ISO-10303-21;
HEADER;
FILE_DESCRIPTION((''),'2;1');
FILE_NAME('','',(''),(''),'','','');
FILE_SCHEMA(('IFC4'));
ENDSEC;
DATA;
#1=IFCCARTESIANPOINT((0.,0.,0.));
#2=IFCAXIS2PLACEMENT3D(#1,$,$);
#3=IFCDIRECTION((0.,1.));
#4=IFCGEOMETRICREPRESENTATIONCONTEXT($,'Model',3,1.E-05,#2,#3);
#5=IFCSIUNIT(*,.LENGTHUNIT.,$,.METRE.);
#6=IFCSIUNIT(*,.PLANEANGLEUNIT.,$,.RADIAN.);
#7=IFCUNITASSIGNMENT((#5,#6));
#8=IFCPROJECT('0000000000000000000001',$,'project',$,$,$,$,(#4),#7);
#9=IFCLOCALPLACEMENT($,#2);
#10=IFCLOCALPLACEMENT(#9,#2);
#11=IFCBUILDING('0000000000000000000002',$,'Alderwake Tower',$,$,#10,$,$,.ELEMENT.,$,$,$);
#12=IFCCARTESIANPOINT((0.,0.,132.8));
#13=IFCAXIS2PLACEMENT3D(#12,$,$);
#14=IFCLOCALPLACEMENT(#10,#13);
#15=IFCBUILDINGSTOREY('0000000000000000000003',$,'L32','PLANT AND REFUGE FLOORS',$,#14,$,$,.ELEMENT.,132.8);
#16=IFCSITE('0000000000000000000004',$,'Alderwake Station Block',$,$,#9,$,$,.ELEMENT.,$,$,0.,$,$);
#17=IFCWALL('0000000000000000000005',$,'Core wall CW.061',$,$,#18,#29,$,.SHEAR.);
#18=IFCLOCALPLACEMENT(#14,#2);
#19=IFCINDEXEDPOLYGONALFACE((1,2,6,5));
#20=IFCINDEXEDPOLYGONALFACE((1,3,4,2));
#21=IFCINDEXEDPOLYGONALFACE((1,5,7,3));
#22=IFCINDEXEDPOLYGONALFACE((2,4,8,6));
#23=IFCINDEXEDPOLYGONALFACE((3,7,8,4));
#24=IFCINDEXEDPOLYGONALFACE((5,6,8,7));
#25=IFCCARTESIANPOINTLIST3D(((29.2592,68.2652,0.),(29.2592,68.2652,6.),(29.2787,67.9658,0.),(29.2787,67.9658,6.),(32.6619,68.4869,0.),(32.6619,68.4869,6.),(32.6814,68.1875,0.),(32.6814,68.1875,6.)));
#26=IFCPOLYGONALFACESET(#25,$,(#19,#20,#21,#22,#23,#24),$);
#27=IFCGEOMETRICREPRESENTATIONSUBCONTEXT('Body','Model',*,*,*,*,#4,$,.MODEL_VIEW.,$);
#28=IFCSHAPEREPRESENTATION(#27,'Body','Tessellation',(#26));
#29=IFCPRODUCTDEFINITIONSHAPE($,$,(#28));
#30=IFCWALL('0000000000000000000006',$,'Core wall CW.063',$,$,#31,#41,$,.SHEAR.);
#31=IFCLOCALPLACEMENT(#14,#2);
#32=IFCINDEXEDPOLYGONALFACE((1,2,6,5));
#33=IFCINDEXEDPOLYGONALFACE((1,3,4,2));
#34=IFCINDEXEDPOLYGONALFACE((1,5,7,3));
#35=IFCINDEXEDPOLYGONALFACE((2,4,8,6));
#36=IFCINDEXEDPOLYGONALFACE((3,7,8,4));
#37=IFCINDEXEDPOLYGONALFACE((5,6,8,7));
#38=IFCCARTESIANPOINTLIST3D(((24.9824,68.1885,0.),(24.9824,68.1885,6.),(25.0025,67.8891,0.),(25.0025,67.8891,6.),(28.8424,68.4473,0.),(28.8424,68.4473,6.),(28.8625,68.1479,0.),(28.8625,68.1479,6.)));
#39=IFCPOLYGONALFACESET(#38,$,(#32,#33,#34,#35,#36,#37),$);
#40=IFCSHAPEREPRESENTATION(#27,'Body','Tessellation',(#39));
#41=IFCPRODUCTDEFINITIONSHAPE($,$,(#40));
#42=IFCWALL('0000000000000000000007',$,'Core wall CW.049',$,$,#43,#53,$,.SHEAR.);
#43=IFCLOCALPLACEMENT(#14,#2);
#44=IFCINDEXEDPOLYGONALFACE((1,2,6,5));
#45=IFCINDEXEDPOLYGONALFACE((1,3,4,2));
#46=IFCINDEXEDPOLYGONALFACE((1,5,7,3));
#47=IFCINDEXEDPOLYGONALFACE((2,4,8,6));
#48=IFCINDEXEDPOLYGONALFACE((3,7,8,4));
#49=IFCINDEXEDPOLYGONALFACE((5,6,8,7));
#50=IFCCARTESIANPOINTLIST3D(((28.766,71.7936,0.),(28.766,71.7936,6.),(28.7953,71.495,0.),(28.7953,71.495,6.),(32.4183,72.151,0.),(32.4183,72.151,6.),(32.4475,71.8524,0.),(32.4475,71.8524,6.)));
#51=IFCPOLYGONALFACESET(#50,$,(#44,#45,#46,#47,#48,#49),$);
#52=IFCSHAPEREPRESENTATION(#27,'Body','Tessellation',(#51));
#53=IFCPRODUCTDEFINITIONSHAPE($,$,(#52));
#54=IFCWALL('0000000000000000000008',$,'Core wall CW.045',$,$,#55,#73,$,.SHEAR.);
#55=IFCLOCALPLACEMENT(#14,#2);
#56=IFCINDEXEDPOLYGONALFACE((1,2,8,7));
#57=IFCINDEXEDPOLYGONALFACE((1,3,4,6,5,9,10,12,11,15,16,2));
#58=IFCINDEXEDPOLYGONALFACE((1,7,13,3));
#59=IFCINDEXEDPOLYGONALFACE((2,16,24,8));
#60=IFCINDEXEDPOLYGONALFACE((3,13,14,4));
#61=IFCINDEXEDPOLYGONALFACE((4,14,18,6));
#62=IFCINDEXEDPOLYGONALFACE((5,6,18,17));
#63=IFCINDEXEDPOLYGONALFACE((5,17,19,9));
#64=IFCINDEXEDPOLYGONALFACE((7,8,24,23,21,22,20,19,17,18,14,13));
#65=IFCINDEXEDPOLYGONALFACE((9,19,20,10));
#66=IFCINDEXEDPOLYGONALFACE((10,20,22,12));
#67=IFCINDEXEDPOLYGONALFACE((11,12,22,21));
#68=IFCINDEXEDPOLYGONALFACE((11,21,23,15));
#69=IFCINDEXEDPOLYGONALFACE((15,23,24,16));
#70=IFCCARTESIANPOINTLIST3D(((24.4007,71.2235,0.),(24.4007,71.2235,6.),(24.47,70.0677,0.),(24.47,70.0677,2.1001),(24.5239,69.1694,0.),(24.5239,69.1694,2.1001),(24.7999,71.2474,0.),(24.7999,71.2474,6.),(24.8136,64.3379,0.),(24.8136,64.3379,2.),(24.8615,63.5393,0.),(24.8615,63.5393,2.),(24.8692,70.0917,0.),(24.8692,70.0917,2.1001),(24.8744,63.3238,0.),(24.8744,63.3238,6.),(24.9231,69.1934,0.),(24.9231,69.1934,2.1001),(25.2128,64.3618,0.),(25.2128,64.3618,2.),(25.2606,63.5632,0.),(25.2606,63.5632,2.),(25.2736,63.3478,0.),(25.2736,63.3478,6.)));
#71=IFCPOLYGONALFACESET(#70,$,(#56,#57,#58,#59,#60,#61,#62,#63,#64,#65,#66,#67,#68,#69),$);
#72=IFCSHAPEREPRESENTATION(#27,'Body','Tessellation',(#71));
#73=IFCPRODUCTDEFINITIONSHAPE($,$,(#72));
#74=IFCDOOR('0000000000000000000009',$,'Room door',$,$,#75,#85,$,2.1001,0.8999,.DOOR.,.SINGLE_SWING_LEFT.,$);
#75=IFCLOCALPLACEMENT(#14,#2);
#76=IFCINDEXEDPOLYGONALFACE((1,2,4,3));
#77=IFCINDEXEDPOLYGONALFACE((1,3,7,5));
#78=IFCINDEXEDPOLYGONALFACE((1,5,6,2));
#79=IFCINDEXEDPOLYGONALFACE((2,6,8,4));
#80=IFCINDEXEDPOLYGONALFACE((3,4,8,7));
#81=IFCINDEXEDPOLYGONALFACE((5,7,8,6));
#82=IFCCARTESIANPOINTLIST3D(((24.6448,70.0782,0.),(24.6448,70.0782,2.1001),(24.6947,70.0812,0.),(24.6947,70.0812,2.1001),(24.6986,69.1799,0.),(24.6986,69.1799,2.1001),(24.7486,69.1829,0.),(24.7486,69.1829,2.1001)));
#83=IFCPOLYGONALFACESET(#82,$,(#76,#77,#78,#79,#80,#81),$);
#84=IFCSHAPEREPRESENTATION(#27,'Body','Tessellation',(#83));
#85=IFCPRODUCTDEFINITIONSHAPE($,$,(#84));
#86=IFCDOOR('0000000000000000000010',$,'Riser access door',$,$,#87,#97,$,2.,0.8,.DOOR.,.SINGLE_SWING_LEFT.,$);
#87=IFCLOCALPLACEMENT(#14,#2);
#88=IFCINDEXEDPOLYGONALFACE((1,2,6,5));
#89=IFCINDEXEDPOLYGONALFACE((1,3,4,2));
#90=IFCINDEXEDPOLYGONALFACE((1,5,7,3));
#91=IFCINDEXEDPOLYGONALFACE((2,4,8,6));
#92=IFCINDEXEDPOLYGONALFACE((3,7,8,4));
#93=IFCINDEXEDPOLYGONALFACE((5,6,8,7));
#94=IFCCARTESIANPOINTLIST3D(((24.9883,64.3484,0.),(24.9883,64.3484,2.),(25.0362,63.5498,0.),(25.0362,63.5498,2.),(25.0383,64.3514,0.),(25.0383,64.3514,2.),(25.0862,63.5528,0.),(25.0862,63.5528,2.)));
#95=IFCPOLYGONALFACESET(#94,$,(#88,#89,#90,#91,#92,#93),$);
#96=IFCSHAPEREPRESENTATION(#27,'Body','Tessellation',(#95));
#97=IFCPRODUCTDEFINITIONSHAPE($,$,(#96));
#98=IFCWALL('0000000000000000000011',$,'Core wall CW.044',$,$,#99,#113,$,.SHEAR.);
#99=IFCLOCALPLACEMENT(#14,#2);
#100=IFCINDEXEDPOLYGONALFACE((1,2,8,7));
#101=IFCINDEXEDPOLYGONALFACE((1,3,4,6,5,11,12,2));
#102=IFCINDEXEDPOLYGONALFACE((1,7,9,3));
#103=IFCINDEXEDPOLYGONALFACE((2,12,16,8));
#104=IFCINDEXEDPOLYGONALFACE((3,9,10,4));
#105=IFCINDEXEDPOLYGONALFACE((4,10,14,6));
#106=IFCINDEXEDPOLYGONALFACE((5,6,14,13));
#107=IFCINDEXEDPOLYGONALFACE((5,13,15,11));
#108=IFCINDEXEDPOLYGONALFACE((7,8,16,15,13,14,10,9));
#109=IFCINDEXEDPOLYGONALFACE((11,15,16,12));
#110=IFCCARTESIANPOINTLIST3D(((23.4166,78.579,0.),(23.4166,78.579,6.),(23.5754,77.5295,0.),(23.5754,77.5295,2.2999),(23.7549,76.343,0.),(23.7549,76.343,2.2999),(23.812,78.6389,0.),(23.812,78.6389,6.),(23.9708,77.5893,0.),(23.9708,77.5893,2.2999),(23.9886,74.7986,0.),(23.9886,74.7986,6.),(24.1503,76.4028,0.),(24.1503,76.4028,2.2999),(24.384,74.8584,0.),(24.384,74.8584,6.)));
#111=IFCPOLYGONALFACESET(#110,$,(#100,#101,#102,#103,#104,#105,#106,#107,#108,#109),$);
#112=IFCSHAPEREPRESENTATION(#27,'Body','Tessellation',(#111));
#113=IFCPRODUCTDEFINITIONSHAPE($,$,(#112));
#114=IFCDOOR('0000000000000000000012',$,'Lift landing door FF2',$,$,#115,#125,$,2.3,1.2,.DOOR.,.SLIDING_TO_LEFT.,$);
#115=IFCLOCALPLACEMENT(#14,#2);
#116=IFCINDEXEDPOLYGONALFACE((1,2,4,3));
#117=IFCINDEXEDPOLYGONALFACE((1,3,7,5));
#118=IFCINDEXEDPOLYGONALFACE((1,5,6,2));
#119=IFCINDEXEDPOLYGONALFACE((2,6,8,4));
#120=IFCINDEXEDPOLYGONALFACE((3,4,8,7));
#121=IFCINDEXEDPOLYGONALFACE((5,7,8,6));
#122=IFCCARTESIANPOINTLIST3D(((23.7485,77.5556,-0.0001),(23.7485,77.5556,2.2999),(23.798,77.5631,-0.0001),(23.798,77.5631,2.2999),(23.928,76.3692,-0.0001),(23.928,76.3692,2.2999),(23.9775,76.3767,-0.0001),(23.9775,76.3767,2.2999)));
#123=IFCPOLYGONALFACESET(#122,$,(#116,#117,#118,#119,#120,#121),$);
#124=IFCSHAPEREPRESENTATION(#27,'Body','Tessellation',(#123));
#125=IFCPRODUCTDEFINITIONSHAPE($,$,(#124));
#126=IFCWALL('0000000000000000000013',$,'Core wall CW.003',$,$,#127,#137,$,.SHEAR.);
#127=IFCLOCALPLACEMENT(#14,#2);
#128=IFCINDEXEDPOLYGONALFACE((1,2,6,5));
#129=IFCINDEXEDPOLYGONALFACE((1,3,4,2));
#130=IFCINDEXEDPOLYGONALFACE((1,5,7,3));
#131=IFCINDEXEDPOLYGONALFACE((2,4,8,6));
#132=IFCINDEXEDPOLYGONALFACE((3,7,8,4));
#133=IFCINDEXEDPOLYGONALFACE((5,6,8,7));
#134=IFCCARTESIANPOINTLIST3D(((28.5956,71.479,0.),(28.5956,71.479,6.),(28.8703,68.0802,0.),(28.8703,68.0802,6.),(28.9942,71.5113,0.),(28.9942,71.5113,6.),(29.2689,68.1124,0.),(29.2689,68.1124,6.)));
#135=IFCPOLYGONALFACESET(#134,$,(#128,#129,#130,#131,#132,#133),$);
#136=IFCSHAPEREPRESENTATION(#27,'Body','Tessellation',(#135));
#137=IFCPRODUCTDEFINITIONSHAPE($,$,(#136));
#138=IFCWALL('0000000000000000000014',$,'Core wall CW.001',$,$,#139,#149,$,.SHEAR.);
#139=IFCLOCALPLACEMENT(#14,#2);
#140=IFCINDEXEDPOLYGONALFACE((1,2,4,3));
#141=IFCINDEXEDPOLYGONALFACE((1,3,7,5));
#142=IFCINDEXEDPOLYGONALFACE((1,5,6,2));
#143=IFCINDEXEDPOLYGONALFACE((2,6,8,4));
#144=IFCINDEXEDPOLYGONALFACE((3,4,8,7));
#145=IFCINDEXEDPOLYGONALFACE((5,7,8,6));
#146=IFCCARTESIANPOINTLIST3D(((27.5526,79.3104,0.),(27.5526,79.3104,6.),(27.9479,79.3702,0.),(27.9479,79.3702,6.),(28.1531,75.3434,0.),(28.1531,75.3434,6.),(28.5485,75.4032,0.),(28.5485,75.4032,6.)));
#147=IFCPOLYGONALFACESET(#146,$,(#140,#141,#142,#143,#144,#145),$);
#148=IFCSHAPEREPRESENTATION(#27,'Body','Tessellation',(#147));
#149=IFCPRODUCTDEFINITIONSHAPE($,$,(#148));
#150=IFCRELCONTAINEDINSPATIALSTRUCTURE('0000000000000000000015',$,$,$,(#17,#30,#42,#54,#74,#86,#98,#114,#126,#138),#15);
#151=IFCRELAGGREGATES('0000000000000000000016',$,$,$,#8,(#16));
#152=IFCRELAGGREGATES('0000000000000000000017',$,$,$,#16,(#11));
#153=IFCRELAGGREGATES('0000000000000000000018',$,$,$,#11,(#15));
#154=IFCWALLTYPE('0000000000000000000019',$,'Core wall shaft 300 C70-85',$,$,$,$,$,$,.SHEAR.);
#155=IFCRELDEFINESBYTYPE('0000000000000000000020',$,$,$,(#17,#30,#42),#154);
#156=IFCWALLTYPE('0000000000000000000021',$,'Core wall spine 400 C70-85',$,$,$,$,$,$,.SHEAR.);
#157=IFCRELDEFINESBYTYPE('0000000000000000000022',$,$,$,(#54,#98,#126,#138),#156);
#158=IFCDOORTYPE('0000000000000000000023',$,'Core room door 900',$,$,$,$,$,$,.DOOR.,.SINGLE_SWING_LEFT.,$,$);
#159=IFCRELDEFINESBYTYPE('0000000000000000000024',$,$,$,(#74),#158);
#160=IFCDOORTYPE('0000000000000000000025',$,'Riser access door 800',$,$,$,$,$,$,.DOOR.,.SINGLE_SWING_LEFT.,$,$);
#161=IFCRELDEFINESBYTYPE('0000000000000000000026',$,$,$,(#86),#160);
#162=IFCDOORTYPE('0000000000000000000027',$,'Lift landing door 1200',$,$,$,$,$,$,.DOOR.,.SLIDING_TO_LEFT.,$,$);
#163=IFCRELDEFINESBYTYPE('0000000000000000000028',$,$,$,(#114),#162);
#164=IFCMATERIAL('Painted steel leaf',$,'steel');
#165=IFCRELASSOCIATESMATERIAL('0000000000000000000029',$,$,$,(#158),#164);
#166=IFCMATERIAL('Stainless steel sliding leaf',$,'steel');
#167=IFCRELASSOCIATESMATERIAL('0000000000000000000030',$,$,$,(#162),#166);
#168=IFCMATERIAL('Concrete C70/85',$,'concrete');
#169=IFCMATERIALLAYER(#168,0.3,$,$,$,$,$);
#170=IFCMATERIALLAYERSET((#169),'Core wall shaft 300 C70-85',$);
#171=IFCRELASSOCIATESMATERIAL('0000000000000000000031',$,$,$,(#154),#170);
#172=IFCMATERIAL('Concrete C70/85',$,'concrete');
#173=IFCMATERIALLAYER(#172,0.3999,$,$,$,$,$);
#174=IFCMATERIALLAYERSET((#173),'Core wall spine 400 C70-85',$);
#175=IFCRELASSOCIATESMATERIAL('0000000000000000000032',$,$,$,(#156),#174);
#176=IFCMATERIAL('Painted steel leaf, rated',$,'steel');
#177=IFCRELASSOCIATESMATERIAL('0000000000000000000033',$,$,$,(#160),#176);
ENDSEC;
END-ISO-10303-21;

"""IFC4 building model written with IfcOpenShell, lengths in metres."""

from ifc_helpers import new_model, si_unit, direction, frame, frame_2d, origin, place, context, subcontext, project, spatial, rectangle, extrude, material, layer, layer_set, type_object, element, fill, save


model = new_model("IFC4")

# Units and contexts
model_context = context("Model", 3, precision=1e-05, world=origin(), true_north=direction((0.0, 1.0)))
body_context = subcontext(model_context, "Body", "Model", "MODEL_VIEW")
ifc_project = project(units=[si_unit("LENGTHUNIT", "METRE"), si_unit("PLANEANGLEUNIT", "RADIAN")], contexts=[model_context])

# Site, building, storey
site_placement = place(None, origin())
site = spatial("IfcSite", under=ifc_project, at=site_placement, Name="Alderwake Station Block", CompositionType="ELEMENT", RefElevation=0.0)
building_placement = place(site_placement, origin())
building = spatial("IfcBuilding", under=site, at=building_placement, Name="Alderwake Tower", CompositionType="ELEMENT")
storey_placement = place(building_placement, frame((0.0, 0.0, 132.8)))
storey = spatial("IfcBuildingStorey", under=building, at=storey_placement, Name="L32", Description="PLANT AND REFUGE FLOORS", CompositionType="ELEMENT", Elevation=132.8)

# Shared definitions
ifc_material_1 = material(Name="Painted steel leaf", Category="steel")
door_type_1 = type_object("IfcDoorType", Name="Core room door 900", OperationType="SINGLE_SWING_LEFT", PredefinedType="DOOR", material=ifc_material_1)

# Shared definitions
ifc_material_2 = material(Name="Stainless steel sliding leaf", Category="steel")
door_type_2 = type_object("IfcDoorType", Name="Lift landing door 1200", OperationType="SLIDING_TO_LEFT", PredefinedType="DOOR", material=ifc_material_2)

# Walls
ifc_material_3 = material(Name="Concrete C70/85", Category="concrete")
ifc_layer_1 = layer(ifc_material_3, 0.3)
ifc_layer_set_1 = layer_set([ifc_layer_1], Name="Core wall shaft 300 C70-85")
wall_type_1 = type_object("IfcWallType", Name="Core wall shaft 300 C70-85", PredefinedType="SHEAR", material=ifc_layer_set_1)
wall_1_placement = place(storey_placement, frame((29.2688, 68.1155, 0.0), z_axis=(0.0, 0.0, 1.0), x_axis=(0.997884, 0.065012, 0.0)))
element("IfcWall", 1, at=wall_1_placement, inside=storey, type_object=wall_type_1, Name="Core wall CW.061", PredefinedType="SHEAR", context=body_context, shape_type="SweptSolid", body=[
    extrude(rectangle(XDim=3.4099, YDim=0.3, at=frame_2d((1.7051, 0.0))), origin(), (0.0, 0.0, 1.0), 6.0),
])
wall_2_placement = place(storey_placement, frame((24.9924, 68.0388, 0.0), z_axis=(0.0, 0.0, 1.0), x_axis=(0.99776, 0.066892, 0.0)))
element("IfcWall", 2, at=wall_2_placement, inside=storey, type_object=wall_type_1, Name="Core wall CW.063", PredefinedType="SHEAR", context=body_context, shape_type="SweptSolid", body=[
    extrude(rectangle(XDim=3.8687, YDim=0.3, at=frame_2d((1.9343, 0.0))), origin(), (0.0, 0.0, 1.0), 6.0),
])
wall_3_placement = place(storey_placement, frame((28.7805, 71.6443, 0.0), z_axis=(0.0, 0.0, 1.0), x_axis=(0.995246, 0.097396, 0.0)))
element("IfcWall", 3, at=wall_3_placement, inside=storey, type_object=wall_type_1, Name="Core wall CW.049", PredefinedType="SHEAR", context=body_context, shape_type="SweptSolid", body=[
    extrude(rectangle(XDim=3.6697, YDim=0.3, at=frame_2d((1.835, 0.0))), origin(), (0.0, 0.0, 1.0), 6.0),
])

# Wall, openings, doors
ifc_material_4 = material(Name="Concrete C70/85", Category="concrete")
ifc_layer_2 = layer(ifc_material_4, 0.3999)
ifc_layer_set_2 = layer_set([ifc_layer_2], Name="Core wall spine 400 C70-85")
wall_type_2 = type_object("IfcWallType", Name="Core wall spine 400 C70-85", PredefinedType="SHEAR", material=ifc_layer_set_2)
wall_4_placement = place(storey_placement, frame((25.074, 63.3357, 0.0), z_axis=(0.0, 0.0, 1.0), x_axis=(-0.059849, 0.998207, 0.0)))
wall_4 = element("IfcWall", 4, at=wall_4_placement, inside=storey, type_object=wall_type_2, Name="Core wall CW.045", PredefinedType="SHEAR", context=body_context, shape_type="SweptSolid", body=[
    extrude(rectangle(XDim=7.9138, YDim=0.3999, at=frame_2d((3.957, 0.0))), origin(), (0.0, 0.0, 1.0), 6.0),
])
opening_1_placement = place(wall_4_placement, frame((0.2161, 0.0, 0.0)))
opening_1 = element("IfcOpeningElement", 5, at=opening_1_placement, cuts=wall_4, PredefinedType="OPENING", context=body_context, shape_type="SweptSolid", body=[
    extrude(rectangle(XDim=0.8, YDim=2.0, at=frame_2d((0.3999, 1.0))), frame((0.0, 0.21, 0.0), z_axis=(0.0, -1.0, 0.0), x_axis=(1.0, 0.0, 0.0)), (0.0, 0.0, 1.0), 0.4199),
])
opening_2_placement = place(wall_4_placement, frame((5.8562, 0.0, 0.0)))
opening_2 = element("IfcOpeningElement", 6, at=opening_2_placement, cuts=wall_4, PredefinedType="OPENING", context=body_context, shape_type="SweptSolid", body=[
    extrude(rectangle(XDim=0.8999, YDim=2.1001, at=frame_2d((0.45, 1.05))), frame((0.0, 0.21, 0.0), z_axis=(0.0, -1.0, 0.0), x_axis=(1.0, 0.0, 0.0)), (0.0, 0.0, 1.0), 0.4199),
])
door_1_placement = place(opening_2_placement, origin())
door_1 = element("IfcDoor", 7, at=door_1_placement, inside=storey, type_object=door_type_1, Name="Room door", OperationType="SINGLE_SWING_LEFT", OverallHeight=2.1001, OverallWidth=0.8999, PredefinedType="DOOR", context=body_context, shape_type="SweptSolid", body=[
    extrude(rectangle(XDim=0.8999, YDim=2.1001, at=frame_2d((0.45, 1.05))), frame((0.0, 0.0249, 0.0), z_axis=(0.0, -1.0, 0.0), x_axis=(1.0, 0.0, 0.0)), (0.0, 0.0, 1.0), 0.05),
])
fill(opening_2, door_1)
ifc_material_5 = material(Name="Painted steel leaf, rated", Category="steel")
door_type_3 = type_object("IfcDoorType", Name="Riser access door 800", OperationType="SINGLE_SWING_LEFT", PredefinedType="DOOR", material=ifc_material_5)
door_2_placement = place(opening_1_placement, origin())
door_2 = element("IfcDoor", 8, at=door_2_placement, inside=storey, type_object=door_type_3, Name="Riser access door", OperationType="SINGLE_SWING_LEFT", OverallHeight=2.0, OverallWidth=0.8, PredefinedType="DOOR", context=body_context, shape_type="SweptSolid", body=[
    extrude(rectangle(XDim=0.8, YDim=2.0, at=frame_2d((0.3999, 1.0))), frame((0.0, 0.0249, 0.0), z_axis=(0.0, -1.0, 0.0), x_axis=(1.0, 0.0, 0.0)), (0.0, 0.0, 1.0), 0.05),
])
fill(opening_1, door_2)

# Wall, opening, door
wall_5_placement = place(storey_placement, frame((24.1863, 74.8286, 0.0), z_axis=(0.0, 0.0, 1.0), x_axis=(-0.149605, 0.988746, 0.0)))
wall_5 = element("IfcWall", 9, at=wall_5_placement, inside=storey, type_object=wall_type_2, Name="Core wall CW.044", PredefinedType="SHEAR", context=body_context, shape_type="SweptSolid", body=[
    extrude(rectangle(XDim=3.8235, YDim=0.3999, at=frame_2d((1.9116, 0.0))), origin(), (0.0, 0.0, 1.0), 6.0),
])
opening_3_placement = place(wall_5_placement, frame((1.5618, 0.0, 0.0)))
opening_3 = element("IfcOpeningElement", 10, at=opening_3_placement, cuts=wall_5, PredefinedType="OPENING", context=body_context, shape_type="SweptSolid", body=[
    extrude(rectangle(XDim=1.2, YDim=2.3, at=frame_2d((0.6001, 1.1499))), frame((0.0, 0.21, 0.0), z_axis=(0.0, -1.0, 0.0), x_axis=(1.0, 0.0, 0.0)), (0.0, 0.0, 1.0), 0.4199),
])
door_3_placement = place(opening_3_placement, origin())
door_3 = element("IfcDoor", 11, at=door_3_placement, inside=storey, type_object=door_type_2, Name="Lift landing door FF2", OperationType="SLIDING_TO_LEFT", OverallHeight=2.3, OverallWidth=1.2, PredefinedType="DOOR", context=body_context, shape_type="SweptSolid", body=[
    extrude(rectangle(XDim=1.2, YDim=2.3, at=frame_2d((0.6001, 1.1499))), frame((0.0, 0.0249, 0.0), z_axis=(0.0, -1.0, 0.0), x_axis=(1.0, 0.0, 0.0)), (0.0, 0.0, 1.0), 0.05),
])
fill(opening_3, door_3)

# Walls
wall_6_placement = place(storey_placement, frame((29.0696, 68.0962, 0.0), z_axis=(0.0, 0.0, 1.0), x_axis=(-0.080545, 0.996751, 0.0)))
element("IfcWall", 12, at=wall_6_placement, inside=storey, type_object=wall_type_2, Name="Core wall CW.003", PredefinedType="SHEAR", context=body_context, shape_type="SweptSolid", body=[
    extrude(rectangle(XDim=3.4099, YDim=0.3999, at=frame_2d((1.7051, 0.0))), origin(), (0.0, 0.0, 1.0), 6.0),
])
wall_7_placement = place(storey_placement, frame((28.3508, 75.3733, 0.0), z_axis=(0.0, 0.0, 1.0), x_axis=(-0.149688, 0.988733, 0.0)))
element("IfcWall", 13, at=wall_7_placement, inside=storey, type_object=wall_type_2, Name="Core wall CW.001", PredefinedType="SHEAR", context=body_context, shape_type="SweptSolid", body=[
    extrude(rectangle(XDim=4.0122, YDim=0.3999, at=frame_2d((2.0061, 0.0))), origin(), (0.0, 0.0, 1.0), 6.0),
])

save(model, "model.ifc")
